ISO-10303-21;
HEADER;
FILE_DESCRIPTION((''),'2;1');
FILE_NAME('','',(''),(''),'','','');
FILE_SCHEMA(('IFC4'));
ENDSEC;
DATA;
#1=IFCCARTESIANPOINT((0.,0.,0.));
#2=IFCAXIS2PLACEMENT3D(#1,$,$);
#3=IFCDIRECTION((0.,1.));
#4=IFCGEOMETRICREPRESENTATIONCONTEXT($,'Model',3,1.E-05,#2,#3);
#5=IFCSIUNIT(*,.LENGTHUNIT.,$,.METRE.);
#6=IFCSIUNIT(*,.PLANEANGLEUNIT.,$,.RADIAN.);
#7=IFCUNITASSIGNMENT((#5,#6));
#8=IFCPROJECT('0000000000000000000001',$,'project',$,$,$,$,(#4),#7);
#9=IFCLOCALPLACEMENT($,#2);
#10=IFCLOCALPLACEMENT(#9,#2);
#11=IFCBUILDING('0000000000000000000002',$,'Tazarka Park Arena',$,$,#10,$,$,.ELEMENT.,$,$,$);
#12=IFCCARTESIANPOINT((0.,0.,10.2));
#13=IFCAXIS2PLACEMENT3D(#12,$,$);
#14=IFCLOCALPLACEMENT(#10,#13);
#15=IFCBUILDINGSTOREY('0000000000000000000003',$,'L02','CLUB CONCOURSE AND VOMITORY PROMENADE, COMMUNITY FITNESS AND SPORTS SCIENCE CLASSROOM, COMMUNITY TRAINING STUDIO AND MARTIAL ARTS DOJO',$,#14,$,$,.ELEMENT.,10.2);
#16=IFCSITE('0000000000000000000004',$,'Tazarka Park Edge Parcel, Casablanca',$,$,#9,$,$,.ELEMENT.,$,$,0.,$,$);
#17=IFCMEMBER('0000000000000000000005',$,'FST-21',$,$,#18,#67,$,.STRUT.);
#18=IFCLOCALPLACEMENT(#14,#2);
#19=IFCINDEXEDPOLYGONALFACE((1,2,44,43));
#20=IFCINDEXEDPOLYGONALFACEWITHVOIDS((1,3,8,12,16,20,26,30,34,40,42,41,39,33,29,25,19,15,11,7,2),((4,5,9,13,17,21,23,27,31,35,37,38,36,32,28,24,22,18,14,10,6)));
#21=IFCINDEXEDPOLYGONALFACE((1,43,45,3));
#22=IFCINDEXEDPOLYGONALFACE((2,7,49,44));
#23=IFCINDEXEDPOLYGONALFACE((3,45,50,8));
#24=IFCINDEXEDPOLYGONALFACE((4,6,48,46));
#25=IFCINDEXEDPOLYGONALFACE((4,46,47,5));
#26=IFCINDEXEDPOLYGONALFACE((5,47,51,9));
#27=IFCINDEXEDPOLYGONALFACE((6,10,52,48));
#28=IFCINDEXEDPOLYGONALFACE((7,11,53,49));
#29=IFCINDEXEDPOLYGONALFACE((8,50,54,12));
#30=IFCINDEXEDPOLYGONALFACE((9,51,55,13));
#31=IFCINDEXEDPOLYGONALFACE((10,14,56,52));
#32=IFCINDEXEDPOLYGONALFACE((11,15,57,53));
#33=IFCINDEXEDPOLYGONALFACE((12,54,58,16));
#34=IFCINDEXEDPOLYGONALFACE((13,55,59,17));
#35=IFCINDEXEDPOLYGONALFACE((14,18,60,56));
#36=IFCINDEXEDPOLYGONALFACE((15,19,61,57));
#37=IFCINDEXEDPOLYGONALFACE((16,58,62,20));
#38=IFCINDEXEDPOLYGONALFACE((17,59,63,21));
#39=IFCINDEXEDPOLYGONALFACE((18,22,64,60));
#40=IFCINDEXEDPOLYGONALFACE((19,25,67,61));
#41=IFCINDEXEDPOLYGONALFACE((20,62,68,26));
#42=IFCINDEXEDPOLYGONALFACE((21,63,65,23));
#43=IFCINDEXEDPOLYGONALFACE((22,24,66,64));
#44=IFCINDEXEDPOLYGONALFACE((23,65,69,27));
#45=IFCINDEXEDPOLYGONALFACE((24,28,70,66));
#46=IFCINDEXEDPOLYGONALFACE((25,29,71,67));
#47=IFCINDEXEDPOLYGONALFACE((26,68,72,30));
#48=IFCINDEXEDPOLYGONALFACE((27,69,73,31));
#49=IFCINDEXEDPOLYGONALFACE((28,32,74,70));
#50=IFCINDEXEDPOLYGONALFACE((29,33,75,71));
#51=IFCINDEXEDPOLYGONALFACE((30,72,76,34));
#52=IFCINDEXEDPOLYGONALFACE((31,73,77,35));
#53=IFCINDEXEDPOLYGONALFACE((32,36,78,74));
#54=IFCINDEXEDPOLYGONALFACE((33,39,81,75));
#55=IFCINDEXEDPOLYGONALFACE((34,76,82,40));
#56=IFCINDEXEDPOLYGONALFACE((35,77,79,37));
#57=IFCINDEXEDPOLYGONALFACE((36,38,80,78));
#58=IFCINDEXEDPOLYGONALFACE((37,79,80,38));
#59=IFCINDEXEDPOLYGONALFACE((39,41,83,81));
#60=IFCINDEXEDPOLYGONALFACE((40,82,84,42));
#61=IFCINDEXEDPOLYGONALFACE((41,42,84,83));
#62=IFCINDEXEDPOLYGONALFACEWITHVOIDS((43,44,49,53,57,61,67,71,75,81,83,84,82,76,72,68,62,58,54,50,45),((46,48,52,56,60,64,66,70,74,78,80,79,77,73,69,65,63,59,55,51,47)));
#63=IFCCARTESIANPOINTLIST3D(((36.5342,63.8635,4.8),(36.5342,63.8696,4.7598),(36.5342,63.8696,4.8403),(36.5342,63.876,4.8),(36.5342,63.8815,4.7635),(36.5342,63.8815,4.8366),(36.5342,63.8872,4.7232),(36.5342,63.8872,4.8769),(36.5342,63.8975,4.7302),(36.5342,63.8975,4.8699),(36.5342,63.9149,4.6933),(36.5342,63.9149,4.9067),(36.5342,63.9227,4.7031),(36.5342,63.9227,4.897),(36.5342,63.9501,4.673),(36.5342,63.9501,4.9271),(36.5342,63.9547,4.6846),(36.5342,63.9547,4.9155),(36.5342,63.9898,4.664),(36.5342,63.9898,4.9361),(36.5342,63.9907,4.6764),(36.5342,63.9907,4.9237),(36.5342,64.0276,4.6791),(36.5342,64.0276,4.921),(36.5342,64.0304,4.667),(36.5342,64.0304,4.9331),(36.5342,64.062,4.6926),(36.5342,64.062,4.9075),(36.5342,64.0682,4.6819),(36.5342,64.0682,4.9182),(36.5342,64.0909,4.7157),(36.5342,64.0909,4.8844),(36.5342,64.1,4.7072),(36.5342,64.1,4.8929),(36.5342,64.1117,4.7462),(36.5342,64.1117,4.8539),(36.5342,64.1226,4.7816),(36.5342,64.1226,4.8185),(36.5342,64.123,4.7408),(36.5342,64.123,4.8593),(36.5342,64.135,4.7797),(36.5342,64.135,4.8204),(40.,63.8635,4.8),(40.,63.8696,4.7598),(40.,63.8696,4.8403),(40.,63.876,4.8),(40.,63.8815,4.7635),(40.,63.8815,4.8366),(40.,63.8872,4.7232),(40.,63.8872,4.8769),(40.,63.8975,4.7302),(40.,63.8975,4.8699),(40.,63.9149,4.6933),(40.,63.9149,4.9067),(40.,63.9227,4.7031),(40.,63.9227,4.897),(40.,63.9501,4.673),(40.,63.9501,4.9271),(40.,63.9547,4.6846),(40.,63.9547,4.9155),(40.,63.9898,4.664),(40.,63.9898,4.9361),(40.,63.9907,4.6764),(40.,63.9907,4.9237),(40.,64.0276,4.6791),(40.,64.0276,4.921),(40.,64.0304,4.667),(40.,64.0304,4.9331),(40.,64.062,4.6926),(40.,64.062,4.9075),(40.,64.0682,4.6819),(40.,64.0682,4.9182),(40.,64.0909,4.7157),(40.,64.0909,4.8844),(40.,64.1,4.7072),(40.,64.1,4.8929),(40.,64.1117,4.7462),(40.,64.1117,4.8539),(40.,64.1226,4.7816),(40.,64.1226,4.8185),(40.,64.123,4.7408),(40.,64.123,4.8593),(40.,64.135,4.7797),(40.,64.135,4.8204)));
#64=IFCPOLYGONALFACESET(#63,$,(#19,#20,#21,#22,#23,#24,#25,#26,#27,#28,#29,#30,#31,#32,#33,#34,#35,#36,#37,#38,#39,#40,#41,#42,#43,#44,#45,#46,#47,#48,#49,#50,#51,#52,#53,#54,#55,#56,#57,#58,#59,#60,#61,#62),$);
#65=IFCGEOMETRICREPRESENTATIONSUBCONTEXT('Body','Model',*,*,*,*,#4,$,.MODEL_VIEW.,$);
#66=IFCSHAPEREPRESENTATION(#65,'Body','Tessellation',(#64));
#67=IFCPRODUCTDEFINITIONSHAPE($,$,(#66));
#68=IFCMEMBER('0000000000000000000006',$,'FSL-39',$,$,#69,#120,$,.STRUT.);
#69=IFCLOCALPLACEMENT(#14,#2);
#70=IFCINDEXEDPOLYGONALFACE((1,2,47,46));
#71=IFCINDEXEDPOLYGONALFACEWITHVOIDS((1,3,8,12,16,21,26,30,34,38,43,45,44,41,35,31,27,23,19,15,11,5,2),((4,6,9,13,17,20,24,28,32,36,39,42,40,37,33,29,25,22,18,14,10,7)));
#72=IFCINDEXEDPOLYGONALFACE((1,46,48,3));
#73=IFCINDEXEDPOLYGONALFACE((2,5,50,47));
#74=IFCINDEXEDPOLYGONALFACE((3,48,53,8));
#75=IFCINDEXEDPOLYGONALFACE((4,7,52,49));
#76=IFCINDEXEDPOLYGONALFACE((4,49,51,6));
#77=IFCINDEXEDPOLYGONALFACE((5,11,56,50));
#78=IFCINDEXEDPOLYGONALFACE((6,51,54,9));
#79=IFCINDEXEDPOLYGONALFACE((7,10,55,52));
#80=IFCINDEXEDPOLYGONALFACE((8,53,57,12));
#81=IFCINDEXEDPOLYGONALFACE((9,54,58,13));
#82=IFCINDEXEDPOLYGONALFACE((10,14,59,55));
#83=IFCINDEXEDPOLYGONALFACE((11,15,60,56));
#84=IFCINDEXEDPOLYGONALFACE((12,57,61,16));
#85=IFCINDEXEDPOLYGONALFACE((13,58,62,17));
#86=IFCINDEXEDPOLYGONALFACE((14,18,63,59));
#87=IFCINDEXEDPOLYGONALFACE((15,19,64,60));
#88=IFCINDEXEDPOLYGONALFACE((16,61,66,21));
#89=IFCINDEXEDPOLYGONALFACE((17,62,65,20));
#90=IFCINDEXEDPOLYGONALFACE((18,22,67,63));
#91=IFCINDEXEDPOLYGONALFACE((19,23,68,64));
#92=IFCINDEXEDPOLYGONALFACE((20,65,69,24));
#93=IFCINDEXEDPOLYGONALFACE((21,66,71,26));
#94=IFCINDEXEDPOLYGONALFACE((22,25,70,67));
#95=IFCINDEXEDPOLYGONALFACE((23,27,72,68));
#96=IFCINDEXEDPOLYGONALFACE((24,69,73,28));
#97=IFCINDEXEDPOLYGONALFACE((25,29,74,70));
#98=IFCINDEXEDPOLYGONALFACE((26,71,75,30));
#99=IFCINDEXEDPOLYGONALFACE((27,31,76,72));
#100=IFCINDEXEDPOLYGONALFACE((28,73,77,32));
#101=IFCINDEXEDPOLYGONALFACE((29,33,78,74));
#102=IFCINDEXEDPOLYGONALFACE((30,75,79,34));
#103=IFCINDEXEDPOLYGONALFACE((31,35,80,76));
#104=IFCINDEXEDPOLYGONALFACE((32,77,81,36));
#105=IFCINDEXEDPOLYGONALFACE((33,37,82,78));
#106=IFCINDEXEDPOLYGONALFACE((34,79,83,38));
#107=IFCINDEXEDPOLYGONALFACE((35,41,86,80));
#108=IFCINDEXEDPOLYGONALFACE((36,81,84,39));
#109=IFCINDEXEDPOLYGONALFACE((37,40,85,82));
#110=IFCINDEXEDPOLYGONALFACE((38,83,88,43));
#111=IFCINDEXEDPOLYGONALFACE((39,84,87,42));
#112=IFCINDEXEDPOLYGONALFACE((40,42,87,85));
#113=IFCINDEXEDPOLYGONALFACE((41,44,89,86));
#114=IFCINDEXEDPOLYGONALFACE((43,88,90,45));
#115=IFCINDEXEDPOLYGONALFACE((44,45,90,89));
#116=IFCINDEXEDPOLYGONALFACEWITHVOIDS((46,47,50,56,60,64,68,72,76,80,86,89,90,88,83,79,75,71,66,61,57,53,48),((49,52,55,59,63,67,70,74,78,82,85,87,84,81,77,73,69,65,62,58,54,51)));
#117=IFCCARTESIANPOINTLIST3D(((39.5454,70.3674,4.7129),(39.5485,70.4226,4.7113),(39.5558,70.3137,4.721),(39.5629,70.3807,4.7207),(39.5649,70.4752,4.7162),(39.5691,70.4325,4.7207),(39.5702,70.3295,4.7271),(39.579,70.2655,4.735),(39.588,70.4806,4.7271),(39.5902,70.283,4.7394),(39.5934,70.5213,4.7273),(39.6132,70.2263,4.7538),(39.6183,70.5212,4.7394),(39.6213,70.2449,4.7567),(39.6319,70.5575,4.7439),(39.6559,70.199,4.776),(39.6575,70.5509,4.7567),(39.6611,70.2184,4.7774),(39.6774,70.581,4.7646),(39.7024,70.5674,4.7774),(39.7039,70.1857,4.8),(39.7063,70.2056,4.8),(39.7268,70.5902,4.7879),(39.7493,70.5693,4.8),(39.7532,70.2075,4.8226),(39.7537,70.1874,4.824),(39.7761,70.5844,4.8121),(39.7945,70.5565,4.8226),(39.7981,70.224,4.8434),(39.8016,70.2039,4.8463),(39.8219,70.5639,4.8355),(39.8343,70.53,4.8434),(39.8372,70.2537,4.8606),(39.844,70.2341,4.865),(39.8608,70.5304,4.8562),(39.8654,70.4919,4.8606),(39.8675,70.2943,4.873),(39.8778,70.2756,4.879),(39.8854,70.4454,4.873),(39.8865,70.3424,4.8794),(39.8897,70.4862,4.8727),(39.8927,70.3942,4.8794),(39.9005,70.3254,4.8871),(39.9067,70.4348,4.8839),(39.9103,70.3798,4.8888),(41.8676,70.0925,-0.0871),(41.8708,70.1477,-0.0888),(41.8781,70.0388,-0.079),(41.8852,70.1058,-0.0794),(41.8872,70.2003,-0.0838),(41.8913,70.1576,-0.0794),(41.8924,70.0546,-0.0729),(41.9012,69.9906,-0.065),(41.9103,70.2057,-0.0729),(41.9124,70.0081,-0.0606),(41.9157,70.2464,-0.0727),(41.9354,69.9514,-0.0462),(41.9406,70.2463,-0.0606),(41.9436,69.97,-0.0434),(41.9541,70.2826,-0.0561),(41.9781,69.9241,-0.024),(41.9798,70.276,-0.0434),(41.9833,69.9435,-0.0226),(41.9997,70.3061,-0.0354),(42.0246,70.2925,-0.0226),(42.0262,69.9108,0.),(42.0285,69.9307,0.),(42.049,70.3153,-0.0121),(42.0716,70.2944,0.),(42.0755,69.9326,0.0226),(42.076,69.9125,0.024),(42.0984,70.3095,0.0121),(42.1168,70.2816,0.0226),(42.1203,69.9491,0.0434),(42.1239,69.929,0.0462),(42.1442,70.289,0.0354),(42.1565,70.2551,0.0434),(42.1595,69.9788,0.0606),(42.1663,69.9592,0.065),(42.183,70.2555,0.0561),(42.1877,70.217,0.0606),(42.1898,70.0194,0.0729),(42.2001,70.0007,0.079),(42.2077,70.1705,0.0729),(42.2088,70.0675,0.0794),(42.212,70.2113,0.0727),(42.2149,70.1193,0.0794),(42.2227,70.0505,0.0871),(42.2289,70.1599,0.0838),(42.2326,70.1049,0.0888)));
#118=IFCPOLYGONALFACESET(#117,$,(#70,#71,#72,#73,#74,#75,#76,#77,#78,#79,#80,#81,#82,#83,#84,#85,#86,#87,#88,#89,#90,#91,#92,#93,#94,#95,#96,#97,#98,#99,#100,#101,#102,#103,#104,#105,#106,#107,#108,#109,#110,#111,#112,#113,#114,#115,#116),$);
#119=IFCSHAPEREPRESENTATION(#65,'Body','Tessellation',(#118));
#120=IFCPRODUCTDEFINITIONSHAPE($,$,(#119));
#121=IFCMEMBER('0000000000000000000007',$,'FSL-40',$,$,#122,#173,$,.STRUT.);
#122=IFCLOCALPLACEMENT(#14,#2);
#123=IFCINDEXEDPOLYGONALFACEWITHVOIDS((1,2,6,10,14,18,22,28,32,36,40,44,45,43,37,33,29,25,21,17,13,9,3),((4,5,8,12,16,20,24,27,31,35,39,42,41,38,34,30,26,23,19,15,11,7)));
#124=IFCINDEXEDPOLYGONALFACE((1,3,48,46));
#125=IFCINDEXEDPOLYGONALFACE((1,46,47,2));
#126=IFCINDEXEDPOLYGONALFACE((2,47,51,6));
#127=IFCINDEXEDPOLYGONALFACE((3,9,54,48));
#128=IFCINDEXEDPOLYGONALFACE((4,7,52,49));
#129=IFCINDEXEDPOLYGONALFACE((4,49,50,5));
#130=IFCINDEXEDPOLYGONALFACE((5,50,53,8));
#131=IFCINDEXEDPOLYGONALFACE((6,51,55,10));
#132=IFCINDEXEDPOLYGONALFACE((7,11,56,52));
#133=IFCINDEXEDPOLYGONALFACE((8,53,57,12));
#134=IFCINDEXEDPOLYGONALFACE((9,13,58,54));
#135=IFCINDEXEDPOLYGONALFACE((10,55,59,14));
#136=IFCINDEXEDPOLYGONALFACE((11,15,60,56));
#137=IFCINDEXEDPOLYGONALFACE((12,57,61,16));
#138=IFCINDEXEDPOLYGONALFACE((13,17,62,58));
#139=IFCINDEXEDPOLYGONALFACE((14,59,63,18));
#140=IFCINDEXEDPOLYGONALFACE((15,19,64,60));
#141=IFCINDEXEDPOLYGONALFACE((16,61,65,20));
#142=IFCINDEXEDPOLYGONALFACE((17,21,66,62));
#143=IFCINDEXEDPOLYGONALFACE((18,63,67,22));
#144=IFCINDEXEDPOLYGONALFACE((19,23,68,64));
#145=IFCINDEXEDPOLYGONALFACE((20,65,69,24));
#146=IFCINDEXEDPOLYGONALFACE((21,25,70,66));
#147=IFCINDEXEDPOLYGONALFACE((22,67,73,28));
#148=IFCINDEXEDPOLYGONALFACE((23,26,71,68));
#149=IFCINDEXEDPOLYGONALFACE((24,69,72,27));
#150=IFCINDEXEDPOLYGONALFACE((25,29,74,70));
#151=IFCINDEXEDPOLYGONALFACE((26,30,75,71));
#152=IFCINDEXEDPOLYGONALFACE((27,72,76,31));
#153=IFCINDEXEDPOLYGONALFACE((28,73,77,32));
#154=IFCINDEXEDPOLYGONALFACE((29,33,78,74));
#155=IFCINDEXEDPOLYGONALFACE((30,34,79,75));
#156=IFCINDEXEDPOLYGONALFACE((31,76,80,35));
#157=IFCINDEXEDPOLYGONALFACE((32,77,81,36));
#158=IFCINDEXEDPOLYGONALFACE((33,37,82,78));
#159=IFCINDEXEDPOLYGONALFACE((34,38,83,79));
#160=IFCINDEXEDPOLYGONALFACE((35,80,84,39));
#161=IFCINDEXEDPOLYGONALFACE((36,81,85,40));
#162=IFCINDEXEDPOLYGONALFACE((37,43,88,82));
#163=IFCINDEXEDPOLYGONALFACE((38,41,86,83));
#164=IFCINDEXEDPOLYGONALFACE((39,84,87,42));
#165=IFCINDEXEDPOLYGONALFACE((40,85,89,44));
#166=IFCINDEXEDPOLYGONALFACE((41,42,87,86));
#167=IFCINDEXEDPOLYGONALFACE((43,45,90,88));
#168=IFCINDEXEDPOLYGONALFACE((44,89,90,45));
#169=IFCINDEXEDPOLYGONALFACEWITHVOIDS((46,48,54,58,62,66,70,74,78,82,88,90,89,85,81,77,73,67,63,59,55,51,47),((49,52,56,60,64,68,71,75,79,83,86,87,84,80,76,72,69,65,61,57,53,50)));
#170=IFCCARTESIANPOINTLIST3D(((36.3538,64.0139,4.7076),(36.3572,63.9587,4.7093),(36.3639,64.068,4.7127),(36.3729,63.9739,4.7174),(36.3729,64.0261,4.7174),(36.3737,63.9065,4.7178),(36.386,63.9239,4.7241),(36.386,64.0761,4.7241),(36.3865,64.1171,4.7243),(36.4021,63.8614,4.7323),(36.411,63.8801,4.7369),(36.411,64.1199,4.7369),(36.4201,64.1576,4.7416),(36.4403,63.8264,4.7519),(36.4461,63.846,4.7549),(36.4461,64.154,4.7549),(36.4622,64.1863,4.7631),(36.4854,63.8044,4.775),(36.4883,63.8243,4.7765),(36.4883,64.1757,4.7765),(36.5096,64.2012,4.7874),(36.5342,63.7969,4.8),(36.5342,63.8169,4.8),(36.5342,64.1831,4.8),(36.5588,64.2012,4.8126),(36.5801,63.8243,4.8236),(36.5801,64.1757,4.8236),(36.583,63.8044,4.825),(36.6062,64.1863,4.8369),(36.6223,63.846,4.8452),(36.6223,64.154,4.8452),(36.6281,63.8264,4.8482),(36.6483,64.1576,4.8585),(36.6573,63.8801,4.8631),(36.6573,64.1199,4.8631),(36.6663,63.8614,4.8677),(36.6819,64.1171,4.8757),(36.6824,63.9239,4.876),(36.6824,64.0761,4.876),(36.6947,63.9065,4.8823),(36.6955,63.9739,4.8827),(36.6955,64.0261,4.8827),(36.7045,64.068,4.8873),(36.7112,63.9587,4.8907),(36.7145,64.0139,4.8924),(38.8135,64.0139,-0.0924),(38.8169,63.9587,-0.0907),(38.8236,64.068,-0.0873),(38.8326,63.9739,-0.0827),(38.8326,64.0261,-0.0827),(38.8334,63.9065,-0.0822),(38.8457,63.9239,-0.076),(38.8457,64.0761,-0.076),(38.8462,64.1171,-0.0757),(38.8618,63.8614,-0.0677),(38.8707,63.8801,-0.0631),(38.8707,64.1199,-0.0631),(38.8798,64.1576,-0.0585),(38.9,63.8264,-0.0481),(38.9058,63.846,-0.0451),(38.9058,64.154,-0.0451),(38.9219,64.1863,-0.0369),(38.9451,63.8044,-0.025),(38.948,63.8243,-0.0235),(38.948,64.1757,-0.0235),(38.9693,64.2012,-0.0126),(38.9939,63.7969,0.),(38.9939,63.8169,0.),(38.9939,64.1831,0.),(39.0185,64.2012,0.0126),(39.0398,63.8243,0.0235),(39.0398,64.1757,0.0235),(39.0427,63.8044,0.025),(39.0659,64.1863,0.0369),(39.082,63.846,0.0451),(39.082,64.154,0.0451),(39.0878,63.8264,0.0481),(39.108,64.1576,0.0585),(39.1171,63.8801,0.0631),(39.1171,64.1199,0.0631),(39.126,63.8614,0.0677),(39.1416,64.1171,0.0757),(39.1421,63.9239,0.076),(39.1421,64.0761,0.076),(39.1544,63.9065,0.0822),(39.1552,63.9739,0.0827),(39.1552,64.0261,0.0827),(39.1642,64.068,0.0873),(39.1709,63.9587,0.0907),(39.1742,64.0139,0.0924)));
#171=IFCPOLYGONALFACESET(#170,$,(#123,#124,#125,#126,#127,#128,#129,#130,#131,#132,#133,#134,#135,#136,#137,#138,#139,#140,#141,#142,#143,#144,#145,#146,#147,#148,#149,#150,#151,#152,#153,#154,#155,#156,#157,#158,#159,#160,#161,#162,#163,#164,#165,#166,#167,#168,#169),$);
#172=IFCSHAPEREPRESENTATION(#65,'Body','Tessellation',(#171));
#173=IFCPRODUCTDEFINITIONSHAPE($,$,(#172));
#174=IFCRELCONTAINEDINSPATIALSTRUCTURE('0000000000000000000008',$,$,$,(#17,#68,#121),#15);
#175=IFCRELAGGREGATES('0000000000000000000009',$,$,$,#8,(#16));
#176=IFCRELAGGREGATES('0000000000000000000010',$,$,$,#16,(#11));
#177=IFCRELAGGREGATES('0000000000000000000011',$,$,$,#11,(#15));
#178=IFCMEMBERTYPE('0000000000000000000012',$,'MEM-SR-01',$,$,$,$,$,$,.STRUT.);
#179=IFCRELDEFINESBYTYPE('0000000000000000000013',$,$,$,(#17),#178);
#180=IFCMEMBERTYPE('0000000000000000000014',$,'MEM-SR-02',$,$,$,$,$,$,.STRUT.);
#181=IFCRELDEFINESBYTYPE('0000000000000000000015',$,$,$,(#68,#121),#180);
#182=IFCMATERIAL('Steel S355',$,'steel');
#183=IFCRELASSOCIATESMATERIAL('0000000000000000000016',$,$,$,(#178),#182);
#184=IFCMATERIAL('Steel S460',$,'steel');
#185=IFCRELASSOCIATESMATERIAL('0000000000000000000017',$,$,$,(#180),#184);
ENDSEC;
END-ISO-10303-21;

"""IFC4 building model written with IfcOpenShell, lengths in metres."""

from ifc_helpers import new_model, si_unit, direction, frame, origin, origin_2d, place, context, subcontext, project, spatial, hollow_circle, extrude, material, material_profile, profile_set, type_object, element, save


model = new_model("IFC4")

# Units and contexts
model_context = context("Model", 3, precision=1e-05, world=origin(), true_north=direction((0.0, 1.0)))
body_context = subcontext(model_context, "Body", "Model", "MODEL_VIEW")
ifc_project = project(units=[si_unit("LENGTHUNIT", "METRE"), si_unit("PLANEANGLEUNIT", "RADIAN")], contexts=[model_context])

# Site, building, storey
site_placement = place(None, origin())
site = spatial("IfcSite", under=ifc_project, at=site_placement, Name="Tazarka Park Edge Parcel, Casablanca", CompositionType="ELEMENT", RefElevation=0.0)
building_placement = place(site_placement, origin())
building = spatial("IfcBuilding", under=site, at=building_placement, Name="Tazarka Park Arena", CompositionType="ELEMENT")
storey_placement = place(building_placement, frame((0.0, 0.0, 10.2)))
storey = spatial("IfcBuildingStorey", under=building, at=storey_placement, Name="L02", Description="CLUB CONCOURSE AND VOMITORY PROMENADE, COMMUNITY FITNESS AND SPORTS SCIENCE CLASSROOM, COMMUNITY TRAINING STUDIO AND MARTIAL ARTS DOJO", CompositionType="ELEMENT", Elevation=10.2)

# Members
ifc_material_1 = material(Name="Steel S355", Category="steel")
ifc_material_profile_1 = material_profile(ifc_material_1, hollow_circle(Radius=0.1365, WallThickness=0.0125, at=origin_2d()), Name="Steel S355")
ifc_profile_set_1 = profile_set([ifc_material_profile_1], Name="Steel S355")
member_type_1 = type_object("IfcMemberType", Name="MEM-SR-01", PredefinedType="STRUT", material=ifc_profile_set_1)
member_1_placement = place(storey_placement, frame((40.0, 64.0, 4.8), z_axis=(-1.0, 0.0, 0.0), x_axis=(0.0, -1.0, 0.0)))
element("IfcMember", 1, at=member_1_placement, inside=storey, type_object=member_type_1, Name="FST-21", PredefinedType="STRUT", context=body_context, shape_type="SweptSolid", body=[
    extrude(hollow_circle(Radius=0.1365, WallThickness=0.0125, at=origin_2d()), origin(), (0.0, 0.0, 1.0), 3.4658),
])
ifc_material_2 = material(Name="Steel S460", Category="steel")
ifc_material_profile_2 = material_profile(ifc_material_2, hollow_circle(Radius=0.2031, WallThickness=0.02, at=origin_2d()), Name="Steel S460")
ifc_profile_set_2 = profile_set([ifc_material_profile_2], Name="Steel S460")
member_type_2 = type_object("IfcMemberType", Name="MEM-SR-02", PredefinedType="STRUT", material=ifc_profile_set_2)
member_2_placement = place(storey_placement, frame((42.05, 70.1125, 0.0), z_axis=(-0.434932, 0.051486, 0.89899), x_axis=(-0.117556, -0.993066, 0.0)))
element("IfcMember", 2, at=member_2_placement, inside=storey, type_object=member_type_2, Name="FSL-39", PredefinedType="STRUT", context=body_context, shape_type="SweptSolid", body=[
    extrude(hollow_circle(Radius=0.2031, WallThickness=0.02, at=origin_2d()), origin(), (0.0, 0.0, 1.0), 5.3394),
])
member_3_placement = place(storey_placement, frame((38.9939, 64.0, 0.0), z_axis=(-0.456046, 0.0, 0.889956), x_axis=(0.0, -1.0, 0.0)))
element("IfcMember", 3, at=member_3_placement, inside=storey, type_object=member_type_2, Name="FSL-40", PredefinedType="STRUT", context=body_context, shape_type="SweptSolid", body=[
    extrude(hollow_circle(Radius=0.2031, WallThickness=0.02, at=origin_2d()), origin(), (0.0, 0.0, 1.0), 5.3936),
])

save(model, "model.ifc")
